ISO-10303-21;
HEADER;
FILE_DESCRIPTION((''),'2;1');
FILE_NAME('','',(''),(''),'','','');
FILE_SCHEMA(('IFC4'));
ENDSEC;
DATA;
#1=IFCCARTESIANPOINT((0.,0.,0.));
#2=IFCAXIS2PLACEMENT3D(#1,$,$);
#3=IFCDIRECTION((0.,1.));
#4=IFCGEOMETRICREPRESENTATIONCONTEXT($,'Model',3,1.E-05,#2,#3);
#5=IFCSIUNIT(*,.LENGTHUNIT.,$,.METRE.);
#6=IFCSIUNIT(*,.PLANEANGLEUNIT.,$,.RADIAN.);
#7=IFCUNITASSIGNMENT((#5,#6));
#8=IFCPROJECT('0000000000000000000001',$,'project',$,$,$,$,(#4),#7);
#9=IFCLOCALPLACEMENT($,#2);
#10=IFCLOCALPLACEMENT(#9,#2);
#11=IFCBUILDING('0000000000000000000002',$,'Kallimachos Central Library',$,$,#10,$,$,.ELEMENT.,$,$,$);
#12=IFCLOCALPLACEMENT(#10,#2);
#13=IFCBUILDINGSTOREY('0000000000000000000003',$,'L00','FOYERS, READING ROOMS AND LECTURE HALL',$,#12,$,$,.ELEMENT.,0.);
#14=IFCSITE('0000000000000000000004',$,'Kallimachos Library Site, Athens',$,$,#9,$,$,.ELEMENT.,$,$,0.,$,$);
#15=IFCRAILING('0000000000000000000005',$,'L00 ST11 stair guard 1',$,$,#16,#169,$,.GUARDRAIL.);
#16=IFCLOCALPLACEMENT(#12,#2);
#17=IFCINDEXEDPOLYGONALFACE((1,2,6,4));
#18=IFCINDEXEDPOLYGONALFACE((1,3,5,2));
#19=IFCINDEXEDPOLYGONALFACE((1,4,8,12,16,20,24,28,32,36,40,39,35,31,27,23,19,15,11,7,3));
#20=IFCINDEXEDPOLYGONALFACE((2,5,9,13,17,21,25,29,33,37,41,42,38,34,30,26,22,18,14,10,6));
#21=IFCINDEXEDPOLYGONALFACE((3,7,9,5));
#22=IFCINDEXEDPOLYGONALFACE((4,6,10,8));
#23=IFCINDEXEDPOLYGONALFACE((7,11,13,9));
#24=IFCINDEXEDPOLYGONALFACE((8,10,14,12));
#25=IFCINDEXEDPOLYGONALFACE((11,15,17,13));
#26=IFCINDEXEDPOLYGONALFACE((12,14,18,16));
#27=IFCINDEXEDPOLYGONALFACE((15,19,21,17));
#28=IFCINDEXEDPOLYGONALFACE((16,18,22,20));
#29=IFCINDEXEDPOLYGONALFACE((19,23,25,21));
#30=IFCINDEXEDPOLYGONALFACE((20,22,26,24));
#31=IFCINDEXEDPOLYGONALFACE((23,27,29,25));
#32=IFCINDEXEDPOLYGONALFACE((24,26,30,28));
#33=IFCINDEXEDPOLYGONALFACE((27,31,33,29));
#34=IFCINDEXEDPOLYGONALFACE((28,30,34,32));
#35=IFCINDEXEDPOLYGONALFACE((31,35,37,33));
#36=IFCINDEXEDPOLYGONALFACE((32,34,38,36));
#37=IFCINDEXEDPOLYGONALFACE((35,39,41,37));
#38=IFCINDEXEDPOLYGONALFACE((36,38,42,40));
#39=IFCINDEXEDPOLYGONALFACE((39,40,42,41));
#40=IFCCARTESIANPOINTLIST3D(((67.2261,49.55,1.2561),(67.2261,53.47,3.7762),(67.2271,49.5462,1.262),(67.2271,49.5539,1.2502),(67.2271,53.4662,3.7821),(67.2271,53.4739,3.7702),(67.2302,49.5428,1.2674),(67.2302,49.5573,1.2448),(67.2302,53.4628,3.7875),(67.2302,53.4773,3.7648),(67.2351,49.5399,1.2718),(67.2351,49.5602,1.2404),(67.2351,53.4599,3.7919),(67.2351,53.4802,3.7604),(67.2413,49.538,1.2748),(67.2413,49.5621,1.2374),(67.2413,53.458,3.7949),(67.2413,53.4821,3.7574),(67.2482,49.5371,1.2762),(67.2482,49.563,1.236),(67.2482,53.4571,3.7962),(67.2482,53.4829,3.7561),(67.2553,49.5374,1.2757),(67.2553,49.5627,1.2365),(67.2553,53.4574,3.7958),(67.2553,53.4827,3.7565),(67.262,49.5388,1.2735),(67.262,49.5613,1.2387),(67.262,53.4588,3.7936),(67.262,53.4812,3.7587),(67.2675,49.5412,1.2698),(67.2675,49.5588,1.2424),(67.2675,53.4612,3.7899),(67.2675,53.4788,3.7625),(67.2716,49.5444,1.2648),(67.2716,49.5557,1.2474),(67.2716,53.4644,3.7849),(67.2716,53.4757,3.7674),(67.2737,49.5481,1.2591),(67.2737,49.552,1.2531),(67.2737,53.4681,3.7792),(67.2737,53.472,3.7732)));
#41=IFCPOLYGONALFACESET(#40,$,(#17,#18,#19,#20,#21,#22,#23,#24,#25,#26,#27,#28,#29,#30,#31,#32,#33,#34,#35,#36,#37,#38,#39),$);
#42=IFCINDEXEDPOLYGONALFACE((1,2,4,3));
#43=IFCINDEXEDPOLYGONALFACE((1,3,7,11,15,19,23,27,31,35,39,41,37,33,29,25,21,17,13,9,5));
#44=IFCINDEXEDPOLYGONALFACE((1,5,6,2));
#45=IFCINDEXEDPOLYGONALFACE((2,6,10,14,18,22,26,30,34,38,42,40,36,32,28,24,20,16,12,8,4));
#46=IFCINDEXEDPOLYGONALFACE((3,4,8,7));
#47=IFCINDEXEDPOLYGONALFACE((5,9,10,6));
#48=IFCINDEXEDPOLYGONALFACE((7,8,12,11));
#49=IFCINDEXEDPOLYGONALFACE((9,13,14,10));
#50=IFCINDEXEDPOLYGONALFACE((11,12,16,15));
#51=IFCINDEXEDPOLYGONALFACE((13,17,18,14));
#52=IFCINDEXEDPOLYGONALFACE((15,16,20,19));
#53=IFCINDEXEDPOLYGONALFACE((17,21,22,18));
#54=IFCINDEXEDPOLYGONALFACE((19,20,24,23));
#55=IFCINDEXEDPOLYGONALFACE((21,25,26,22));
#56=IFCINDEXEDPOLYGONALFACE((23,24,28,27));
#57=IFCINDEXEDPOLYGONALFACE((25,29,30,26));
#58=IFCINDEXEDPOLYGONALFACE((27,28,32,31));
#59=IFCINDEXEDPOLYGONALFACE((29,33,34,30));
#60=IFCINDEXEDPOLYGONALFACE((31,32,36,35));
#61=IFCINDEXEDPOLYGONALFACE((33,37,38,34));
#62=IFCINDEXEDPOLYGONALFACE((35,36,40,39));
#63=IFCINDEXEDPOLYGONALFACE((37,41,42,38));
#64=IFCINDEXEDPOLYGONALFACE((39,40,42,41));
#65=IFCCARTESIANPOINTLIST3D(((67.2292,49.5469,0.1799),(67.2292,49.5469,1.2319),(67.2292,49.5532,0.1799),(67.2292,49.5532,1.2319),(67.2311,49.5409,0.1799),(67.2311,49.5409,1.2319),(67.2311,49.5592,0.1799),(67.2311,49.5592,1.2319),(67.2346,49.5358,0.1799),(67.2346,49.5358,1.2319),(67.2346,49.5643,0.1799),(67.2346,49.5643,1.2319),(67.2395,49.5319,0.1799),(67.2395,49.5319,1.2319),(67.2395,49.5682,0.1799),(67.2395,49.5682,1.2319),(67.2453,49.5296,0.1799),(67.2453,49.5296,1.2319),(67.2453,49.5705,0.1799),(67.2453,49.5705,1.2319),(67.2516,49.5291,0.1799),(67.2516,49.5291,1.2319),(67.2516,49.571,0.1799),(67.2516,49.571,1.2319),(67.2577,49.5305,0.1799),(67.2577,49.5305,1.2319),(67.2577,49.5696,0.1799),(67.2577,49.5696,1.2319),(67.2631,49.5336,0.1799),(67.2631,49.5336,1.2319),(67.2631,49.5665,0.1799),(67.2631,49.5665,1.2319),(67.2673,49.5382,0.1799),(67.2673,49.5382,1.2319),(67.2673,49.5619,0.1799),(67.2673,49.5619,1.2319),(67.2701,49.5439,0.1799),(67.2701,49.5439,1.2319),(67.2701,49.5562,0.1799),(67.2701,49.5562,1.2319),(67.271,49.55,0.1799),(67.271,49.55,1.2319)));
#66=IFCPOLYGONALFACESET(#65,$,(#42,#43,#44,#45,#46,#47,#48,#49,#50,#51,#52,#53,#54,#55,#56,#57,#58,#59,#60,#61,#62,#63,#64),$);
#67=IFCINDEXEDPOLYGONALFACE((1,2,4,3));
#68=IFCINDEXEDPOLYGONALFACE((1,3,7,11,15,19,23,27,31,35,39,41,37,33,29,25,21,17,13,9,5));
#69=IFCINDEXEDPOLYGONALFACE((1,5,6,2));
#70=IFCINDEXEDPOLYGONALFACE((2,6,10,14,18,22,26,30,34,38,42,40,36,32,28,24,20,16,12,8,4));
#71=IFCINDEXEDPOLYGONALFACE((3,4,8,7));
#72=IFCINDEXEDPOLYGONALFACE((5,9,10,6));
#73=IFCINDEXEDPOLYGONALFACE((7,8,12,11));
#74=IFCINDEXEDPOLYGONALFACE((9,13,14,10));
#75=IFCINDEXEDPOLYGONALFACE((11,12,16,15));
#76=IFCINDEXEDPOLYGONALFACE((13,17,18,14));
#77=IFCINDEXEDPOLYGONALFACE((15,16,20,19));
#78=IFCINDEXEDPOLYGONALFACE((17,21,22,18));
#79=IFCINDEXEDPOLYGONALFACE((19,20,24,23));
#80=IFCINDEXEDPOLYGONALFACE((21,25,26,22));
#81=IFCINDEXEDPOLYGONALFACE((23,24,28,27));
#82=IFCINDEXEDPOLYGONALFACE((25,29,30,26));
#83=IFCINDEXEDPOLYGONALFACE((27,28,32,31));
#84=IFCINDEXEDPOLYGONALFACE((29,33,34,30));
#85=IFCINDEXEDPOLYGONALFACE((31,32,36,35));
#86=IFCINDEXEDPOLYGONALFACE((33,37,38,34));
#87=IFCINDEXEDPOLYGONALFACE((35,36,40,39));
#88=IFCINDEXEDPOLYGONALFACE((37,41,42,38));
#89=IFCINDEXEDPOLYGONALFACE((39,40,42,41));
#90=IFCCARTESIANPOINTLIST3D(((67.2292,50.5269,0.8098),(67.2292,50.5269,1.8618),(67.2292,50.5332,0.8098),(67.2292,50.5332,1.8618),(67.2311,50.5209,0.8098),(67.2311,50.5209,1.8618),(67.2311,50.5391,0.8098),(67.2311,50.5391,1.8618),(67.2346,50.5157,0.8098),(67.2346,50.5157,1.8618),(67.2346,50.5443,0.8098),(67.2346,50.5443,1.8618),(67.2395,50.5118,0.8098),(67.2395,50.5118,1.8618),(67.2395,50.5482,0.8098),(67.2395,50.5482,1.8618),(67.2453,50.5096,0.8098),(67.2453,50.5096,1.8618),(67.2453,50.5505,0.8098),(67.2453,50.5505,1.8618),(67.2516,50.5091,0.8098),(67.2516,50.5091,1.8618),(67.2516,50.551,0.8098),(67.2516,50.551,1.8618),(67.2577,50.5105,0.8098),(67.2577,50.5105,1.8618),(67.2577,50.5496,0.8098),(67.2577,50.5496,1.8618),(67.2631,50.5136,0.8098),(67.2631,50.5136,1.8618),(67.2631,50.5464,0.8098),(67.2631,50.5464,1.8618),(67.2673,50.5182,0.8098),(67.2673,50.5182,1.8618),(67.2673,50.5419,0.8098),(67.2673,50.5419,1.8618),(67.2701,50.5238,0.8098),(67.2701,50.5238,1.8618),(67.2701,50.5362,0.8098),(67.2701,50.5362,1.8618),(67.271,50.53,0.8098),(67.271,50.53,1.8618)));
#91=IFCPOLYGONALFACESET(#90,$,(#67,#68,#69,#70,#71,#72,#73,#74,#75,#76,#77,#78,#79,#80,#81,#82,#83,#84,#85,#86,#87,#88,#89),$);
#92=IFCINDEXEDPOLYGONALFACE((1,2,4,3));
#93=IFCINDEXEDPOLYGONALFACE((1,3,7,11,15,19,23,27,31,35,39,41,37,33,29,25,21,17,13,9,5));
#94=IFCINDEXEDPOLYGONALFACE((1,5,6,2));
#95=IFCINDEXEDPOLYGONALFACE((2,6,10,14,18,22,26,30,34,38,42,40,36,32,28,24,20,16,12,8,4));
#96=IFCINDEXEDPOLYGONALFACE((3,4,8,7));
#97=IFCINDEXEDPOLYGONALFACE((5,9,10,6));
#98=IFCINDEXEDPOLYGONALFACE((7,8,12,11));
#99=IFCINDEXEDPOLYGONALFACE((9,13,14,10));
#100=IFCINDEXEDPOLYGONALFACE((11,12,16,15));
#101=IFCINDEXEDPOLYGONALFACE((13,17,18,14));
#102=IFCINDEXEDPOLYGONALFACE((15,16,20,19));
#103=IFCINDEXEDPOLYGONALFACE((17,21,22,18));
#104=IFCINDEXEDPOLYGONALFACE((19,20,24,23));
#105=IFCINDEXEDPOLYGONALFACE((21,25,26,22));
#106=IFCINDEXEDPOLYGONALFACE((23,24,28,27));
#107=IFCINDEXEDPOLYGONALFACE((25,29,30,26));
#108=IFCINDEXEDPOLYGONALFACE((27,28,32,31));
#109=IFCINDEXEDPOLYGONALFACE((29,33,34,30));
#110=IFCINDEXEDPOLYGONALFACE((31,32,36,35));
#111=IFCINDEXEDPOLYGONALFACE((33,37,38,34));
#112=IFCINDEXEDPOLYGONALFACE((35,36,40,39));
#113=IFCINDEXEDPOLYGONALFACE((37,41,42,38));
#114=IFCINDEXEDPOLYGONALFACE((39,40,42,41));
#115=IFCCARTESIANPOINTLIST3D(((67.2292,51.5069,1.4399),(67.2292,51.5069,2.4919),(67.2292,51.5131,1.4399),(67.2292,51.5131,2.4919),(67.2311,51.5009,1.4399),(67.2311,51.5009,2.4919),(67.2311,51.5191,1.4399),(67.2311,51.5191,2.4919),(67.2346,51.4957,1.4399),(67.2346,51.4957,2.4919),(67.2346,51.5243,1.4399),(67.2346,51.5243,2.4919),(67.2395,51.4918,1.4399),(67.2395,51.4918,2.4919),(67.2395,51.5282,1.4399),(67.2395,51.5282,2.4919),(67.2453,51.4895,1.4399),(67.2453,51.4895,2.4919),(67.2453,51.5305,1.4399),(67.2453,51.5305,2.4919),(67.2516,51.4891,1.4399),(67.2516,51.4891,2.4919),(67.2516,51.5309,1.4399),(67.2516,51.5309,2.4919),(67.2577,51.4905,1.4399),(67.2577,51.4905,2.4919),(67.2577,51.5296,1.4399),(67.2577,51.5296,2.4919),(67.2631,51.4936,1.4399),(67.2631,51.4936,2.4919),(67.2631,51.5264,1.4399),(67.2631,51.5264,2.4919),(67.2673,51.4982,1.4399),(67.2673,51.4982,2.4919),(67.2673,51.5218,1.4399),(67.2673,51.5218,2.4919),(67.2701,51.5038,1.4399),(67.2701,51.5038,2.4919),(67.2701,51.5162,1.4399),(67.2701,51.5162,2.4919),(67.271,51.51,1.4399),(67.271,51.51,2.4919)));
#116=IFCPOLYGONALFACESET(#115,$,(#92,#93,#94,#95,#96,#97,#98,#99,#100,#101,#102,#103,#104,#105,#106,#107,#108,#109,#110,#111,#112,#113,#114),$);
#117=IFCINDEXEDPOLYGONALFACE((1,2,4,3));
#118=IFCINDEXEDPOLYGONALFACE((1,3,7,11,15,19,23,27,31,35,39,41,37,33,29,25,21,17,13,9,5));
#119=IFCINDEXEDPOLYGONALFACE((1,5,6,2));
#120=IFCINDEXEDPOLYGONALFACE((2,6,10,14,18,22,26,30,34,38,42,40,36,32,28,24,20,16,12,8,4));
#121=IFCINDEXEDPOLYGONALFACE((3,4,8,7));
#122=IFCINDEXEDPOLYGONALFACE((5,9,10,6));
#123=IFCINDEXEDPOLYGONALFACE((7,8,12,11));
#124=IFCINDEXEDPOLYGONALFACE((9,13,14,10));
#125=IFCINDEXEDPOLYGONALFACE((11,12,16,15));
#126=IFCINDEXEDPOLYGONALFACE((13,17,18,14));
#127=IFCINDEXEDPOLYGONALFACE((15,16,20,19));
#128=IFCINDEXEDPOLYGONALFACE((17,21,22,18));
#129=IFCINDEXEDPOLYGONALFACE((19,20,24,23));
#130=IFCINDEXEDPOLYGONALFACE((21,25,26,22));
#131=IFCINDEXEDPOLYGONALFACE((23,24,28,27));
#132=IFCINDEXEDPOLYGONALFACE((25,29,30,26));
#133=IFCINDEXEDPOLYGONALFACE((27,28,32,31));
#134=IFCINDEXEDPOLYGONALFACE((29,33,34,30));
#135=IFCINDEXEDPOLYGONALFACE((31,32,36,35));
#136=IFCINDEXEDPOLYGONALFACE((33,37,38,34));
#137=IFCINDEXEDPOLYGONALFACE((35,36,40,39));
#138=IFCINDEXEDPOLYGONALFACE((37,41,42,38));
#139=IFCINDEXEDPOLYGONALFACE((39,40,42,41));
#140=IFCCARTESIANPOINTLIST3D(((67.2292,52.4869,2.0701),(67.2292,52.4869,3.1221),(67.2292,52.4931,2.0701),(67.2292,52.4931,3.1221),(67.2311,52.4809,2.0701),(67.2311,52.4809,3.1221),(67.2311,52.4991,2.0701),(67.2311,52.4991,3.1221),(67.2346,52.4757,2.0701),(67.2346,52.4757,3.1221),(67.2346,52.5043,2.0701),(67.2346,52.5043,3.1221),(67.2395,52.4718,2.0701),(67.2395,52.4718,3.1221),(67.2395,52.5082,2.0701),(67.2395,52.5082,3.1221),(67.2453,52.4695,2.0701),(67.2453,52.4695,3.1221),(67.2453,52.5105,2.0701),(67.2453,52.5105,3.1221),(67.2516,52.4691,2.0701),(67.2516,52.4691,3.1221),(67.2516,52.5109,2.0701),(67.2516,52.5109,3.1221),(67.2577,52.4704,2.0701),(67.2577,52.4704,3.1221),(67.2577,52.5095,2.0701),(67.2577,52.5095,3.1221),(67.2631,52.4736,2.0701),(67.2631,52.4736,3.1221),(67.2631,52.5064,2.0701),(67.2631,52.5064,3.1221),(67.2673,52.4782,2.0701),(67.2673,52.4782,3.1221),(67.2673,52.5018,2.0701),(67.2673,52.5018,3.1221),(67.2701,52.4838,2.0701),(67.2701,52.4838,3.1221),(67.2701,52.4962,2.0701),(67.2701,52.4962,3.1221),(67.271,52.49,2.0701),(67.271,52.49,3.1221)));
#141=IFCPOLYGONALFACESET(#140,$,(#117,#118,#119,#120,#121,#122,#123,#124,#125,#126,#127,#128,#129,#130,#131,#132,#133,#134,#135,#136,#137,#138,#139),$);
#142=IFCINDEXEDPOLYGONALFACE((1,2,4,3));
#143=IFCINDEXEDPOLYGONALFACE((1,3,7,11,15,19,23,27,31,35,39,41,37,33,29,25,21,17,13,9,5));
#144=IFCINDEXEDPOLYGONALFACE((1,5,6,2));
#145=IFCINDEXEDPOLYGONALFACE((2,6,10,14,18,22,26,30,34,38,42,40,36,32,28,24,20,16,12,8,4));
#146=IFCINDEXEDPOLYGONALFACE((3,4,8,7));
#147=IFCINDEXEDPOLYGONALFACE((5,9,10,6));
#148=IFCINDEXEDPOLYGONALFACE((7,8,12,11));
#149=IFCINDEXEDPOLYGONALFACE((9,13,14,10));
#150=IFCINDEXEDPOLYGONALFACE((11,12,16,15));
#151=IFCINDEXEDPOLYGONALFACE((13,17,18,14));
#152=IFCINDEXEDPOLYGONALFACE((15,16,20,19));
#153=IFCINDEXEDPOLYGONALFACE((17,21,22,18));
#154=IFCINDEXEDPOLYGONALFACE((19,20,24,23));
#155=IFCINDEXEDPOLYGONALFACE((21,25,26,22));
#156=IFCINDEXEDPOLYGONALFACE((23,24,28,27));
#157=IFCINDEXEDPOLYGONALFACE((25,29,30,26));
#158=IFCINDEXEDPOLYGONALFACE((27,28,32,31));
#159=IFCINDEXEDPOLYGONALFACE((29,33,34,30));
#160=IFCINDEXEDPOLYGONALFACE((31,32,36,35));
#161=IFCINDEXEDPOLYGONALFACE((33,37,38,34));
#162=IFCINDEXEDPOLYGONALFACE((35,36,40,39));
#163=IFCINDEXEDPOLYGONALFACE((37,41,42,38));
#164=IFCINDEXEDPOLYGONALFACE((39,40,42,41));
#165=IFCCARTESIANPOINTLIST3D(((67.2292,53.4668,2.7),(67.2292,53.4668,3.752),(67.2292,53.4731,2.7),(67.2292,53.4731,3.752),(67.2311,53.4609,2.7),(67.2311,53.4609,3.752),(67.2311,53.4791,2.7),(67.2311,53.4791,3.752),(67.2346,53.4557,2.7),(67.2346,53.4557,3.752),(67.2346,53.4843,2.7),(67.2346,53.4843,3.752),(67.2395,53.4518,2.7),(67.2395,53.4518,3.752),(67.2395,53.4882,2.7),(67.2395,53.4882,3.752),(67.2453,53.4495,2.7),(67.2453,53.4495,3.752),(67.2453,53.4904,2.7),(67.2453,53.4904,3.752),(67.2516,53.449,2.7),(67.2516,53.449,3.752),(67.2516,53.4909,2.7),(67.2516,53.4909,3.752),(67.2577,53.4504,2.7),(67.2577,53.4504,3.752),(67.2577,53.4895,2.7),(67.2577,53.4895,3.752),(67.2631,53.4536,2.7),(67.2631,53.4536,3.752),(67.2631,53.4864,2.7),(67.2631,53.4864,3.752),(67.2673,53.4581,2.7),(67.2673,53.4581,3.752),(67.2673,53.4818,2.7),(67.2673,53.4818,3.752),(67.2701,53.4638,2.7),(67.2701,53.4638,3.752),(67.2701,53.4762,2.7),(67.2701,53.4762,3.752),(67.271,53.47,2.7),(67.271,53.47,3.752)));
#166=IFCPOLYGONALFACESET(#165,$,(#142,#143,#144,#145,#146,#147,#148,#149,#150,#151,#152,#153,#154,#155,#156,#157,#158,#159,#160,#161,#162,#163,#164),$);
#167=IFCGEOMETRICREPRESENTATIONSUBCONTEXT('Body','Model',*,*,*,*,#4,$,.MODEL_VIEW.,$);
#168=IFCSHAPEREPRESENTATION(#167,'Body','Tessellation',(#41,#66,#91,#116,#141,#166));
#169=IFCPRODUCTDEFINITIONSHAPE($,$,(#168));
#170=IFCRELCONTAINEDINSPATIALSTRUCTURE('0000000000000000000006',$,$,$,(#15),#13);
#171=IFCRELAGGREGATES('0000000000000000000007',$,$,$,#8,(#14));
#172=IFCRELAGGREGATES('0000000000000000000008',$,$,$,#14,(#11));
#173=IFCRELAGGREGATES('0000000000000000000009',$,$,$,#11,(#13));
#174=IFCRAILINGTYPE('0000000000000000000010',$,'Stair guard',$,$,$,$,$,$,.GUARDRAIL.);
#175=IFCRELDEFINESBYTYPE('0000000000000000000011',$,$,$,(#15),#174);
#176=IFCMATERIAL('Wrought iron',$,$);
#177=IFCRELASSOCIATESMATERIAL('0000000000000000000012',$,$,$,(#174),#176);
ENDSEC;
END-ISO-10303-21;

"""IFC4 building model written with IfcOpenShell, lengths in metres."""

from ifc_helpers import new_model, si_unit, direction, frame, origin, origin_2d, place, context, subcontext, project, spatial, circle, extrude, material, type_object, element, save


model = new_model("IFC4")

# Units and contexts
model_context = context("Model", 3, precision=1e-05, world=origin(), true_north=direction((0.0, 1.0)))
body_context = subcontext(model_context, "Body", "Model", "MODEL_VIEW")
ifc_project = project(units=[si_unit("LENGTHUNIT", "METRE"), si_unit("PLANEANGLEUNIT", "RADIAN")], contexts=[model_context])

# Site, building, storey
site_placement = place(None, origin())
site = spatial("IfcSite", under=ifc_project, at=site_placement, Name="Kallimachos Library Site, Athens", CompositionType="ELEMENT", RefElevation=0.0)
building_placement = place(site_placement, origin())
building = spatial("IfcBuilding", under=site, at=building_placement, Name="Kallimachos Central Library", CompositionType="ELEMENT")
storey_placement = place(building_placement, origin())
storey = spatial("IfcBuildingStorey", under=building, at=storey_placement, Name="L00", Description="FOYERS, READING ROOMS AND LECTURE HALL", CompositionType="ELEMENT", Elevation=0.0)

# Railing
ifc_material_1 = material(Name="Wrought iron")
railing_type_1 = type_object("IfcRailingType", Name="Stair guard", PredefinedType="GUARDRAIL", material=ifc_material_1)
railing_1_placement = place(storey_placement, frame((67.25, 49.55, 0.1799)))
element("IfcRailing", 1, at=railing_1_placement, inside=storey, type_object=railing_type_1, Name="L00 ST11 stair guard 1", PredefinedType="GUARDRAIL", context=body_context, shape_type="SweptSolid", body=[
    extrude(circle(Radius=0.0239, at=origin_2d()), frame((0.0, 0.0, 1.0762), z_axis=(0.0, 0.841172, 0.540768), x_axis=(-1.0, 0.0, 0.0)), (0.0, 0.0, 1.0), 4.6602),
    extrude(circle(Radius=0.021, at=origin_2d()), origin(), (0.0, 0.0, 1.0), 1.052),
    extrude(circle(Radius=0.021, at=origin_2d()), frame((0.0, 0.98, 0.6299)), (0.0, 0.0, 1.0), 1.052),
    extrude(circle(Radius=0.021, at=origin_2d()), frame((0.0, 1.96, 1.26)), (0.0, 0.0, 1.0), 1.052),
    extrude(circle(Radius=0.021, at=origin_2d()), frame((0.0, 2.9399, 1.8901)), (0.0, 0.0, 1.0), 1.052),
    extrude(circle(Radius=0.021, at=origin_2d()), frame((0.0, 3.9199, 2.52)), (0.0, 0.0, 1.0), 1.052),
])

save(model, "model.ifc")
